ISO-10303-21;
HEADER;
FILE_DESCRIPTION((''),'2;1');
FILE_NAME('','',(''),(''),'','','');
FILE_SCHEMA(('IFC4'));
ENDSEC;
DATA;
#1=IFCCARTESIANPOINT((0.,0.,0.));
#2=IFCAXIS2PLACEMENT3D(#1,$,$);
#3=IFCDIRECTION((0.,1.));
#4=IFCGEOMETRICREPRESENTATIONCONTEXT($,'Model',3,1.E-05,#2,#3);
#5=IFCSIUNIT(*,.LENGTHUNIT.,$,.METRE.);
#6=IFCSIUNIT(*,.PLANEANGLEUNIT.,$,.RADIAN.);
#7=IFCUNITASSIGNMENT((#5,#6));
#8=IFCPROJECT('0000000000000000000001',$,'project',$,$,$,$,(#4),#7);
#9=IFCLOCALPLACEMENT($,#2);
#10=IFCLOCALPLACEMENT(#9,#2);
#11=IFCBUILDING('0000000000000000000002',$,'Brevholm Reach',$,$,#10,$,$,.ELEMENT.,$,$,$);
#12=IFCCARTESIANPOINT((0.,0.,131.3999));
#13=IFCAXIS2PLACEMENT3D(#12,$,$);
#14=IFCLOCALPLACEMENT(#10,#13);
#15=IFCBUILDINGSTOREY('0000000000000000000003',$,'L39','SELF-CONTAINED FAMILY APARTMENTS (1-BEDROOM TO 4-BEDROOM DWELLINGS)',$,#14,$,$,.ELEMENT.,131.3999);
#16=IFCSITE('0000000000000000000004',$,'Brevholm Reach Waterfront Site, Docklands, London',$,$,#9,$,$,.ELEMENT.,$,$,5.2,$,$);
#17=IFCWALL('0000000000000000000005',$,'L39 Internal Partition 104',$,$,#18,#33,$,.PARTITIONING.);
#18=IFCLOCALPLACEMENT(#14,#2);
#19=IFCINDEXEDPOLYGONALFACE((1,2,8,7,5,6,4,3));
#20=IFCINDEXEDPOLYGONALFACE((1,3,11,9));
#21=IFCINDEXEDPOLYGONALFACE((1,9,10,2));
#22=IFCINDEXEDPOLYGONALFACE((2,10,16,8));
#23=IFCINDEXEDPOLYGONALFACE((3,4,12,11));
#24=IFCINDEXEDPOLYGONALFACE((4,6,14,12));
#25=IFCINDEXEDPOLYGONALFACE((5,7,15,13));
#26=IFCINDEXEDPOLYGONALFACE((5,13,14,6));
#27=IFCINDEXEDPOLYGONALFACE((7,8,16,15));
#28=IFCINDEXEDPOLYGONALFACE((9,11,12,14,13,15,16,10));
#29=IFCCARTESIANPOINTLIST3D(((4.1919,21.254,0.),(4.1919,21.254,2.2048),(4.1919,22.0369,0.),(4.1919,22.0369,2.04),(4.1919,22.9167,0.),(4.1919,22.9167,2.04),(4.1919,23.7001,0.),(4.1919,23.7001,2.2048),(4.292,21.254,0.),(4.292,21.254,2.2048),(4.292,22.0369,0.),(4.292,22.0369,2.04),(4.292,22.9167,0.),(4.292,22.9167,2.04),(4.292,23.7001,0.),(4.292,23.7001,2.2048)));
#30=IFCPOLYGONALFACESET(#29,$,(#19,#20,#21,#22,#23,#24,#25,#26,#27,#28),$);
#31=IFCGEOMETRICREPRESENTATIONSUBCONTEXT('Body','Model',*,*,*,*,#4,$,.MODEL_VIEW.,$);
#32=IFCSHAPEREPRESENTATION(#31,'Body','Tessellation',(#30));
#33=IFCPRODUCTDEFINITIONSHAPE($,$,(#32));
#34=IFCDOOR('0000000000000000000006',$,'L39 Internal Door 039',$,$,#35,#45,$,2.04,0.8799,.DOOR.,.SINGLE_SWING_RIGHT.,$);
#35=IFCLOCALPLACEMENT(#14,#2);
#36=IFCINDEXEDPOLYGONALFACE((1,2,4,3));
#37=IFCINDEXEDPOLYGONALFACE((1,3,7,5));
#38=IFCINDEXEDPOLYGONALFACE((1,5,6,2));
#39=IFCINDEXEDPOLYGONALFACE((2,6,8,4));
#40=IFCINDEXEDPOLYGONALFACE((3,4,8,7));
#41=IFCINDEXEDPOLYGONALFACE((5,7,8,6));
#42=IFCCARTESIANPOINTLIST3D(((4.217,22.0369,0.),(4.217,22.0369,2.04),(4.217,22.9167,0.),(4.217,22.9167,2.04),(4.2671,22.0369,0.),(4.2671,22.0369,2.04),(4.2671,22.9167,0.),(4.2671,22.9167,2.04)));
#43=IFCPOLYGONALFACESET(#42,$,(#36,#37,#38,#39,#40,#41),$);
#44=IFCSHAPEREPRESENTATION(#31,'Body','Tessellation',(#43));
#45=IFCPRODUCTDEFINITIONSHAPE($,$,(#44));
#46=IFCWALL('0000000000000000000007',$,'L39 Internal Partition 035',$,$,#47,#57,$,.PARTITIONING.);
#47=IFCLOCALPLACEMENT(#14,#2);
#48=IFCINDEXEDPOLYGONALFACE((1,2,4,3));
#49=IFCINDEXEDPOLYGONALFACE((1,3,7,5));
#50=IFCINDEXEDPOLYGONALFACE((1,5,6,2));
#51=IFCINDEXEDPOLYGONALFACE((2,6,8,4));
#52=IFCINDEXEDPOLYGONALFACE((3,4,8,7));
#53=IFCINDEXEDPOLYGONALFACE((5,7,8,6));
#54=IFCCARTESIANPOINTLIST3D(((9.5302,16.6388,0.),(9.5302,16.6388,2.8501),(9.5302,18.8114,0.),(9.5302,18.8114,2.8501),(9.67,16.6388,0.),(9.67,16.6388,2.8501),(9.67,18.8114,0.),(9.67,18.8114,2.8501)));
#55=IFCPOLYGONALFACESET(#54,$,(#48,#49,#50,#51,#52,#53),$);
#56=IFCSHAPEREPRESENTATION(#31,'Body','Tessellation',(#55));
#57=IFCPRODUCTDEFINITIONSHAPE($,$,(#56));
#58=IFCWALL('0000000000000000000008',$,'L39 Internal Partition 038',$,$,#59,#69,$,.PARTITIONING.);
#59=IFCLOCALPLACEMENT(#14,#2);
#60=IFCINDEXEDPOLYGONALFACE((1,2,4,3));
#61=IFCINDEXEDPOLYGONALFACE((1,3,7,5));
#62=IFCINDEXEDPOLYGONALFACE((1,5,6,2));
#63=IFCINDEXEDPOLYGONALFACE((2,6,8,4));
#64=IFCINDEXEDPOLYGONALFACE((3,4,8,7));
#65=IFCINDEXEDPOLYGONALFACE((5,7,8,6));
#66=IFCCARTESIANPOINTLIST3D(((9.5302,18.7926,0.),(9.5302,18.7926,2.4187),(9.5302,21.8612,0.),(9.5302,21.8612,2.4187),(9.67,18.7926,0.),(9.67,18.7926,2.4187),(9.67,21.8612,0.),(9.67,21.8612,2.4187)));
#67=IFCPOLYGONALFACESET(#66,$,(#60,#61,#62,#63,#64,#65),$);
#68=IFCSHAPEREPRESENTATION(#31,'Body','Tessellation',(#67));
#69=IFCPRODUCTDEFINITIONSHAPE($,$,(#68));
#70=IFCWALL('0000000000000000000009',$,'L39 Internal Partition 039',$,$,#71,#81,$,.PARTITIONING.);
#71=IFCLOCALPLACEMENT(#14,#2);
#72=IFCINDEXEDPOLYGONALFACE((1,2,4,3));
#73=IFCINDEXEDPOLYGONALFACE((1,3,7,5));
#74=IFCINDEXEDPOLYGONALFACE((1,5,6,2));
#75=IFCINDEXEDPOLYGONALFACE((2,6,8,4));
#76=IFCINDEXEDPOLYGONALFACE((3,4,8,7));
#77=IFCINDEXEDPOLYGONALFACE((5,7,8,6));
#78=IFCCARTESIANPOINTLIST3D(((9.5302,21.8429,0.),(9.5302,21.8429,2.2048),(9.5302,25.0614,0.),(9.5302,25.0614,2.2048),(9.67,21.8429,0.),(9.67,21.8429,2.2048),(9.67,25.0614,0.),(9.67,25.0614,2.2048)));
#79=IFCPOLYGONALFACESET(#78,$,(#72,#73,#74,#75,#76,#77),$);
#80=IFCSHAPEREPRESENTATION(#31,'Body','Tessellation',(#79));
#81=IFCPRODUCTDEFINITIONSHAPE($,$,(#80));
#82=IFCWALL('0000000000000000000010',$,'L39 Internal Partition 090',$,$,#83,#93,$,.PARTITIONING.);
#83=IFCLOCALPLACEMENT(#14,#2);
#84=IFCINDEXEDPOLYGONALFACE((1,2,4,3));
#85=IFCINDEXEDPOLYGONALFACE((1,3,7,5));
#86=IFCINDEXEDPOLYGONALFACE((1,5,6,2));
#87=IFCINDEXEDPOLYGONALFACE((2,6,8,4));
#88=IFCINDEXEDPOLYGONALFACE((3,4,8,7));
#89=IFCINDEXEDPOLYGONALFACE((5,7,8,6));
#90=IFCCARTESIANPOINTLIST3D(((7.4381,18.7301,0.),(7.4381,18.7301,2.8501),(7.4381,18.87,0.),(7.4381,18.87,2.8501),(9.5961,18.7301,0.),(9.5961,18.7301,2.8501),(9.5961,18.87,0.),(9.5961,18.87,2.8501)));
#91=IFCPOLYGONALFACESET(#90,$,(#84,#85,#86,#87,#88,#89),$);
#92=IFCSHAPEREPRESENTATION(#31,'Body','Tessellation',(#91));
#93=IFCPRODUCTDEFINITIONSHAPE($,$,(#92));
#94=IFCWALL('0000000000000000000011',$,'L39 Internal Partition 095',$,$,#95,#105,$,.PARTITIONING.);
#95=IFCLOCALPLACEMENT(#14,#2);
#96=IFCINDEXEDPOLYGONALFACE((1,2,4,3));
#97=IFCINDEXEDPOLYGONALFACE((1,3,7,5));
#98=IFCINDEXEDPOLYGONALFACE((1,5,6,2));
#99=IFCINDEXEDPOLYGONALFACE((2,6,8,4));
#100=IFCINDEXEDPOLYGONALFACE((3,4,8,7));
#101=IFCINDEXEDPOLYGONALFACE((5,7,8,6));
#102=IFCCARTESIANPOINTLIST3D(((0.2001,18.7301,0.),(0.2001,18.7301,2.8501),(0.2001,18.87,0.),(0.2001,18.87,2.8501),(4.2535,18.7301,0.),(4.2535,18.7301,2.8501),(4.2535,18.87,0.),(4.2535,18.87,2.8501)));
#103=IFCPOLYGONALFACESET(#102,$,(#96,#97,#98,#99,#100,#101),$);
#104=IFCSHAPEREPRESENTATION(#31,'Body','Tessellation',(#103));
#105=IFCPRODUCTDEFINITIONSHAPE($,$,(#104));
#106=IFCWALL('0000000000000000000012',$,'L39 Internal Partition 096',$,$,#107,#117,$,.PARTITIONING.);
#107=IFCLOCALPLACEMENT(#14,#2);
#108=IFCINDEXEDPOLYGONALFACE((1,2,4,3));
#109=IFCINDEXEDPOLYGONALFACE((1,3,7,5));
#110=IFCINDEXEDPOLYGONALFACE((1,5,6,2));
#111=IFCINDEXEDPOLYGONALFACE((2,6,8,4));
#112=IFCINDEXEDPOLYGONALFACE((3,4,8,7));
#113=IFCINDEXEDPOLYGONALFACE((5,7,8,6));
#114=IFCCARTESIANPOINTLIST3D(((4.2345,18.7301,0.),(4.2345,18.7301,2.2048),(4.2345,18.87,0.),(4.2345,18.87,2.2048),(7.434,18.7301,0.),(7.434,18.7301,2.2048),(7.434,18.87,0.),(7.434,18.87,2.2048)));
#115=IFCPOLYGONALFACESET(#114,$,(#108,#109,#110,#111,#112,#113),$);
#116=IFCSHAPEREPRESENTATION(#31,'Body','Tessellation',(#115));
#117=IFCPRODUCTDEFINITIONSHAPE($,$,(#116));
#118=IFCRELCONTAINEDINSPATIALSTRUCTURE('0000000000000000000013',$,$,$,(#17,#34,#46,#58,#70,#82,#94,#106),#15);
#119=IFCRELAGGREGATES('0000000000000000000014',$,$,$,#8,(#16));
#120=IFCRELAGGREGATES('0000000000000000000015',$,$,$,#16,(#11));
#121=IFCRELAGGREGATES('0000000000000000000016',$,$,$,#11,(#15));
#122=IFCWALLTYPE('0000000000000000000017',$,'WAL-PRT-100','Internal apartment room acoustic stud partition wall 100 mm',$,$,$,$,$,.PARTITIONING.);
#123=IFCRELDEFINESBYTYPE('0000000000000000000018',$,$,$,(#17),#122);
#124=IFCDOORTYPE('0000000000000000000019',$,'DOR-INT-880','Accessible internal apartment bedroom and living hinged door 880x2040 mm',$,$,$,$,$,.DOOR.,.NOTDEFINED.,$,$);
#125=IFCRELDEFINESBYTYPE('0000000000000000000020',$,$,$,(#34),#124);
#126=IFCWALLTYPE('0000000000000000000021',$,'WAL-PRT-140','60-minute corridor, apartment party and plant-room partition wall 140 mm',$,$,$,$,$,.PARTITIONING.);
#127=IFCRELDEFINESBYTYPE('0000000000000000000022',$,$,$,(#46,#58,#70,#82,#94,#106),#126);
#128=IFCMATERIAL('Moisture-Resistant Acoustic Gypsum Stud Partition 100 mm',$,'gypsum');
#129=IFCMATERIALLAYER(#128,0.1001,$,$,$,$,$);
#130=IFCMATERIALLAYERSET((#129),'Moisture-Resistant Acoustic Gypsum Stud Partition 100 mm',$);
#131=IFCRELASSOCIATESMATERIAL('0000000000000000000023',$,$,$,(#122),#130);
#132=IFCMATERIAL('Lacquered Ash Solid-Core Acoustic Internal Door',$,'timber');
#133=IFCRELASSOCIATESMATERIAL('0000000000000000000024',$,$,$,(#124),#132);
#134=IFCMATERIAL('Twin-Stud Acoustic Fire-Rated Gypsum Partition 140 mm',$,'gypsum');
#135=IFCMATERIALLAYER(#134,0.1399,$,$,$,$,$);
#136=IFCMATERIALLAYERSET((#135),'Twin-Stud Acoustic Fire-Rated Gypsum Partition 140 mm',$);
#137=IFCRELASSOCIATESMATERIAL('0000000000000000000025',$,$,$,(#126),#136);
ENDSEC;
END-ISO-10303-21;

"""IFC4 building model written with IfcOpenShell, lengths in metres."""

from ifc_helpers import new_model, si_unit, direction, frame, frame_2d, origin, place, context, subcontext, project, spatial, rectangle, extrude, material, layer, layer_set, type_object, element, fill, save


model = new_model("IFC4")

# Units and contexts
model_context = context("Model", 3, precision=1e-05, world=origin(), true_north=direction((0.0, 1.0)))
body_context = subcontext(model_context, "Body", "Model", "MODEL_VIEW")
ifc_project = project(units=[si_unit("LENGTHUNIT", "METRE"), si_unit("PLANEANGLEUNIT", "RADIAN")], contexts=[model_context])

# Site, building, storey
site_placement = place(None, origin())
site = spatial("IfcSite", under=ifc_project, at=site_placement, Name="Brevholm Reach Waterfront Site, Docklands, London", CompositionType="ELEMENT", RefElevation=5.2)
building_placement = place(site_placement, origin())
building = spatial("IfcBuilding", under=site, at=building_placement, Name="Brevholm Reach", CompositionType="ELEMENT")
storey_placement = place(building_placement, frame((0.0, 0.0, 131.3999)))
storey = spatial("IfcBuildingStorey", under=building, at=storey_placement, Name="L39", Description="SELF-CONTAINED FAMILY APARTMENTS (1-BEDROOM TO 4-BEDROOM DWELLINGS)", CompositionType="ELEMENT", Elevation=131.3999)

# Shared definitions
ifc_material_1 = material(Name="Moisture-Resistant Acoustic Gypsum Stud Partition 100 mm", Category="gypsum")
ifc_layer_1 = layer(ifc_material_1, 0.1001)
ifc_layer_set_1 = layer_set([ifc_layer_1], Name="Moisture-Resistant Acoustic Gypsum Stud Partition 100 mm")
wall_type_1 = type_object("IfcWallType", Name="WAL-PRT-100", Description="Internal apartment room acoustic stud partition wall 100 mm", PredefinedType="PARTITIONING", material=ifc_layer_set_1)

# Wall, opening, door
ifc_material_2 = material(Name="Lacquered Ash Solid-Core Acoustic Internal Door", Category="timber")
door_type_1 = type_object("IfcDoorType", Name="DOR-INT-880", Description="Accessible internal apartment bedroom and living hinged door 880x2040 mm", OperationType="NOTDEFINED", PredefinedType="DOOR", material=ifc_material_2)
wall_1_placement = place(storey_placement, frame((4.2419, 21.2539, 0.0), z_axis=(0.0, 0.0, 1.0), x_axis=(0.0, 1.0, 0.0)))
wall_1 = element("IfcWall", 1, at=wall_1_placement, inside=storey, type_object=wall_type_1, Name="L39 Internal Partition 104", PredefinedType="PARTITIONING", context=body_context, shape_type="SweptSolid", body=[
    extrude(rectangle(XDim=2.446, YDim=0.1001, at=frame_2d((1.2231, 0.0))), origin(), (0.0, 0.0, 1.0), 2.2048),
])
opening_1_placement = place(wall_1_placement, frame((0.783, 0.0, 0.0)))
opening_1 = element("IfcOpeningElement", 2, at=opening_1_placement, cuts=wall_1, PredefinedType="OPENING", context=body_context, shape_type="SweptSolid", body=[
    extrude(rectangle(XDim=0.8799, YDim=2.04, at=frame_2d((0.4399, 1.02))), frame((0.0, 0.0601, 0.0), z_axis=(0.0, -1.0, 0.0), x_axis=(1.0, 0.0, 0.0)), (0.0, 0.0, 1.0), 0.1201),
])
door_1_placement = place(opening_1_placement, origin())
door_1 = element("IfcDoor", 3, at=door_1_placement, inside=storey, type_object=door_type_1, Name="L39 Internal Door 039", OperationType="SINGLE_SWING_RIGHT", OverallHeight=2.04, OverallWidth=0.8799, PredefinedType="DOOR", context=body_context, shape_type="SweptSolid", body=[
    extrude(rectangle(XDim=0.8799, YDim=2.04, at=frame_2d((0.4399, 1.02))), frame((0.0, 0.0249, 0.0), z_axis=(0.0, -1.0, 0.0), x_axis=(1.0, 0.0, 0.0)), (0.0, 0.0, 1.0), 0.05),
])
fill(opening_1, door_1)

# Walls
ifc_material_3 = material(Name="Twin-Stud Acoustic Fire-Rated Gypsum Partition 140 mm", Category="gypsum")
ifc_layer_2 = layer(ifc_material_3, 0.1399)
ifc_layer_set_2 = layer_set([ifc_layer_2], Name="Twin-Stud Acoustic Fire-Rated Gypsum Partition 140 mm")
wall_type_2 = type_object("IfcWallType", Name="WAL-PRT-140", Description="60-minute corridor, apartment party and plant-room partition wall 140 mm", PredefinedType="PARTITIONING", material=ifc_layer_set_2)
wall_2_placement = place(storey_placement, frame((9.6001, 16.6387, 0.0), z_axis=(0.0, 0.0, 1.0), x_axis=(0.0, 1.0, 0.0)))
element("IfcWall", 4, at=wall_2_placement, inside=storey, type_object=wall_type_2, Name="L39 Internal Partition 035", PredefinedType="PARTITIONING", context=body_context, shape_type="SweptSolid", body=[
    extrude(rectangle(XDim=2.1726, YDim=0.1399, at=frame_2d((1.0864, 0.0))), origin(), (0.0, 0.0, 1.0), 2.8501),
])
wall_3_placement = place(storey_placement, frame((9.6001, 18.7927, 0.0), z_axis=(0.0, 0.0, 1.0), x_axis=(0.0, 1.0, 0.0)))
element("IfcWall", 5, at=wall_3_placement, inside=storey, type_object=wall_type_2, Name="L39 Internal Partition 038", PredefinedType="PARTITIONING", context=body_context, shape_type="SweptSolid", body=[
    extrude(rectangle(XDim=3.0686, YDim=0.1399, at=frame_2d((1.5342, 0.0))), origin(), (0.0, 0.0, 1.0), 2.4187),
])
wall_4_placement = place(storey_placement, frame((9.6001, 21.8428, 0.0), z_axis=(0.0, 0.0, 1.0), x_axis=(0.0, 1.0, 0.0)))
element("IfcWall", 6, at=wall_4_placement, inside=storey, type_object=wall_type_2, Name="L39 Internal Partition 039", PredefinedType="PARTITIONING", context=body_context, shape_type="SweptSolid", body=[
    extrude(rectangle(XDim=3.2185, YDim=0.1399, at=frame_2d((1.6094, 0.0))), origin(), (0.0, 0.0, 1.0), 2.2048),
])
wall_5_placement = place(storey_placement, frame((7.438, 18.8, 0.0), z_axis=(0.0, 0.0, 1.0), x_axis=(1.0, 0.0, 0.0)))
element("IfcWall", 7, at=wall_5_placement, inside=storey, type_object=wall_type_2, Name="L39 Internal Partition 090", PredefinedType="PARTITIONING", context=body_context, shape_type="SweptSolid", body=[
    extrude(rectangle(XDim=2.158, YDim=0.1399, at=frame_2d((1.0791, 0.0))), origin(), (0.0, 0.0, 1.0), 2.8501),
])
wall_6_placement = place(storey_placement, frame((0.2, 18.8, 0.0), z_axis=(0.0, 0.0, 1.0), x_axis=(1.0, 0.0, 0.0)))
element("IfcWall", 8, at=wall_6_placement, inside=storey, type_object=wall_type_2, Name="L39 Internal Partition 095", PredefinedType="PARTITIONING", context=body_context, shape_type="SweptSolid", body=[
    extrude(rectangle(XDim=4.0535, YDim=0.1399, at=frame_2d((2.0269, 0.0))), origin(), (0.0, 0.0, 1.0), 2.8501),
])
wall_7_placement = place(storey_placement, frame((4.2346, 18.8, 0.0), z_axis=(0.0, 0.0, 1.0), x_axis=(1.0, 0.0, 0.0)))
element("IfcWall", 9, at=wall_7_placement, inside=storey, type_object=wall_type_2, Name="L39 Internal Partition 096", PredefinedType="PARTITIONING", context=body_context, shape_type="SweptSolid", body=[
    extrude(rectangle(XDim=3.1995, YDim=0.1399, at=frame_2d((1.5996, 0.0))), origin(), (0.0, 0.0, 1.0), 2.2048),
])

save(model, "model.ifc")
